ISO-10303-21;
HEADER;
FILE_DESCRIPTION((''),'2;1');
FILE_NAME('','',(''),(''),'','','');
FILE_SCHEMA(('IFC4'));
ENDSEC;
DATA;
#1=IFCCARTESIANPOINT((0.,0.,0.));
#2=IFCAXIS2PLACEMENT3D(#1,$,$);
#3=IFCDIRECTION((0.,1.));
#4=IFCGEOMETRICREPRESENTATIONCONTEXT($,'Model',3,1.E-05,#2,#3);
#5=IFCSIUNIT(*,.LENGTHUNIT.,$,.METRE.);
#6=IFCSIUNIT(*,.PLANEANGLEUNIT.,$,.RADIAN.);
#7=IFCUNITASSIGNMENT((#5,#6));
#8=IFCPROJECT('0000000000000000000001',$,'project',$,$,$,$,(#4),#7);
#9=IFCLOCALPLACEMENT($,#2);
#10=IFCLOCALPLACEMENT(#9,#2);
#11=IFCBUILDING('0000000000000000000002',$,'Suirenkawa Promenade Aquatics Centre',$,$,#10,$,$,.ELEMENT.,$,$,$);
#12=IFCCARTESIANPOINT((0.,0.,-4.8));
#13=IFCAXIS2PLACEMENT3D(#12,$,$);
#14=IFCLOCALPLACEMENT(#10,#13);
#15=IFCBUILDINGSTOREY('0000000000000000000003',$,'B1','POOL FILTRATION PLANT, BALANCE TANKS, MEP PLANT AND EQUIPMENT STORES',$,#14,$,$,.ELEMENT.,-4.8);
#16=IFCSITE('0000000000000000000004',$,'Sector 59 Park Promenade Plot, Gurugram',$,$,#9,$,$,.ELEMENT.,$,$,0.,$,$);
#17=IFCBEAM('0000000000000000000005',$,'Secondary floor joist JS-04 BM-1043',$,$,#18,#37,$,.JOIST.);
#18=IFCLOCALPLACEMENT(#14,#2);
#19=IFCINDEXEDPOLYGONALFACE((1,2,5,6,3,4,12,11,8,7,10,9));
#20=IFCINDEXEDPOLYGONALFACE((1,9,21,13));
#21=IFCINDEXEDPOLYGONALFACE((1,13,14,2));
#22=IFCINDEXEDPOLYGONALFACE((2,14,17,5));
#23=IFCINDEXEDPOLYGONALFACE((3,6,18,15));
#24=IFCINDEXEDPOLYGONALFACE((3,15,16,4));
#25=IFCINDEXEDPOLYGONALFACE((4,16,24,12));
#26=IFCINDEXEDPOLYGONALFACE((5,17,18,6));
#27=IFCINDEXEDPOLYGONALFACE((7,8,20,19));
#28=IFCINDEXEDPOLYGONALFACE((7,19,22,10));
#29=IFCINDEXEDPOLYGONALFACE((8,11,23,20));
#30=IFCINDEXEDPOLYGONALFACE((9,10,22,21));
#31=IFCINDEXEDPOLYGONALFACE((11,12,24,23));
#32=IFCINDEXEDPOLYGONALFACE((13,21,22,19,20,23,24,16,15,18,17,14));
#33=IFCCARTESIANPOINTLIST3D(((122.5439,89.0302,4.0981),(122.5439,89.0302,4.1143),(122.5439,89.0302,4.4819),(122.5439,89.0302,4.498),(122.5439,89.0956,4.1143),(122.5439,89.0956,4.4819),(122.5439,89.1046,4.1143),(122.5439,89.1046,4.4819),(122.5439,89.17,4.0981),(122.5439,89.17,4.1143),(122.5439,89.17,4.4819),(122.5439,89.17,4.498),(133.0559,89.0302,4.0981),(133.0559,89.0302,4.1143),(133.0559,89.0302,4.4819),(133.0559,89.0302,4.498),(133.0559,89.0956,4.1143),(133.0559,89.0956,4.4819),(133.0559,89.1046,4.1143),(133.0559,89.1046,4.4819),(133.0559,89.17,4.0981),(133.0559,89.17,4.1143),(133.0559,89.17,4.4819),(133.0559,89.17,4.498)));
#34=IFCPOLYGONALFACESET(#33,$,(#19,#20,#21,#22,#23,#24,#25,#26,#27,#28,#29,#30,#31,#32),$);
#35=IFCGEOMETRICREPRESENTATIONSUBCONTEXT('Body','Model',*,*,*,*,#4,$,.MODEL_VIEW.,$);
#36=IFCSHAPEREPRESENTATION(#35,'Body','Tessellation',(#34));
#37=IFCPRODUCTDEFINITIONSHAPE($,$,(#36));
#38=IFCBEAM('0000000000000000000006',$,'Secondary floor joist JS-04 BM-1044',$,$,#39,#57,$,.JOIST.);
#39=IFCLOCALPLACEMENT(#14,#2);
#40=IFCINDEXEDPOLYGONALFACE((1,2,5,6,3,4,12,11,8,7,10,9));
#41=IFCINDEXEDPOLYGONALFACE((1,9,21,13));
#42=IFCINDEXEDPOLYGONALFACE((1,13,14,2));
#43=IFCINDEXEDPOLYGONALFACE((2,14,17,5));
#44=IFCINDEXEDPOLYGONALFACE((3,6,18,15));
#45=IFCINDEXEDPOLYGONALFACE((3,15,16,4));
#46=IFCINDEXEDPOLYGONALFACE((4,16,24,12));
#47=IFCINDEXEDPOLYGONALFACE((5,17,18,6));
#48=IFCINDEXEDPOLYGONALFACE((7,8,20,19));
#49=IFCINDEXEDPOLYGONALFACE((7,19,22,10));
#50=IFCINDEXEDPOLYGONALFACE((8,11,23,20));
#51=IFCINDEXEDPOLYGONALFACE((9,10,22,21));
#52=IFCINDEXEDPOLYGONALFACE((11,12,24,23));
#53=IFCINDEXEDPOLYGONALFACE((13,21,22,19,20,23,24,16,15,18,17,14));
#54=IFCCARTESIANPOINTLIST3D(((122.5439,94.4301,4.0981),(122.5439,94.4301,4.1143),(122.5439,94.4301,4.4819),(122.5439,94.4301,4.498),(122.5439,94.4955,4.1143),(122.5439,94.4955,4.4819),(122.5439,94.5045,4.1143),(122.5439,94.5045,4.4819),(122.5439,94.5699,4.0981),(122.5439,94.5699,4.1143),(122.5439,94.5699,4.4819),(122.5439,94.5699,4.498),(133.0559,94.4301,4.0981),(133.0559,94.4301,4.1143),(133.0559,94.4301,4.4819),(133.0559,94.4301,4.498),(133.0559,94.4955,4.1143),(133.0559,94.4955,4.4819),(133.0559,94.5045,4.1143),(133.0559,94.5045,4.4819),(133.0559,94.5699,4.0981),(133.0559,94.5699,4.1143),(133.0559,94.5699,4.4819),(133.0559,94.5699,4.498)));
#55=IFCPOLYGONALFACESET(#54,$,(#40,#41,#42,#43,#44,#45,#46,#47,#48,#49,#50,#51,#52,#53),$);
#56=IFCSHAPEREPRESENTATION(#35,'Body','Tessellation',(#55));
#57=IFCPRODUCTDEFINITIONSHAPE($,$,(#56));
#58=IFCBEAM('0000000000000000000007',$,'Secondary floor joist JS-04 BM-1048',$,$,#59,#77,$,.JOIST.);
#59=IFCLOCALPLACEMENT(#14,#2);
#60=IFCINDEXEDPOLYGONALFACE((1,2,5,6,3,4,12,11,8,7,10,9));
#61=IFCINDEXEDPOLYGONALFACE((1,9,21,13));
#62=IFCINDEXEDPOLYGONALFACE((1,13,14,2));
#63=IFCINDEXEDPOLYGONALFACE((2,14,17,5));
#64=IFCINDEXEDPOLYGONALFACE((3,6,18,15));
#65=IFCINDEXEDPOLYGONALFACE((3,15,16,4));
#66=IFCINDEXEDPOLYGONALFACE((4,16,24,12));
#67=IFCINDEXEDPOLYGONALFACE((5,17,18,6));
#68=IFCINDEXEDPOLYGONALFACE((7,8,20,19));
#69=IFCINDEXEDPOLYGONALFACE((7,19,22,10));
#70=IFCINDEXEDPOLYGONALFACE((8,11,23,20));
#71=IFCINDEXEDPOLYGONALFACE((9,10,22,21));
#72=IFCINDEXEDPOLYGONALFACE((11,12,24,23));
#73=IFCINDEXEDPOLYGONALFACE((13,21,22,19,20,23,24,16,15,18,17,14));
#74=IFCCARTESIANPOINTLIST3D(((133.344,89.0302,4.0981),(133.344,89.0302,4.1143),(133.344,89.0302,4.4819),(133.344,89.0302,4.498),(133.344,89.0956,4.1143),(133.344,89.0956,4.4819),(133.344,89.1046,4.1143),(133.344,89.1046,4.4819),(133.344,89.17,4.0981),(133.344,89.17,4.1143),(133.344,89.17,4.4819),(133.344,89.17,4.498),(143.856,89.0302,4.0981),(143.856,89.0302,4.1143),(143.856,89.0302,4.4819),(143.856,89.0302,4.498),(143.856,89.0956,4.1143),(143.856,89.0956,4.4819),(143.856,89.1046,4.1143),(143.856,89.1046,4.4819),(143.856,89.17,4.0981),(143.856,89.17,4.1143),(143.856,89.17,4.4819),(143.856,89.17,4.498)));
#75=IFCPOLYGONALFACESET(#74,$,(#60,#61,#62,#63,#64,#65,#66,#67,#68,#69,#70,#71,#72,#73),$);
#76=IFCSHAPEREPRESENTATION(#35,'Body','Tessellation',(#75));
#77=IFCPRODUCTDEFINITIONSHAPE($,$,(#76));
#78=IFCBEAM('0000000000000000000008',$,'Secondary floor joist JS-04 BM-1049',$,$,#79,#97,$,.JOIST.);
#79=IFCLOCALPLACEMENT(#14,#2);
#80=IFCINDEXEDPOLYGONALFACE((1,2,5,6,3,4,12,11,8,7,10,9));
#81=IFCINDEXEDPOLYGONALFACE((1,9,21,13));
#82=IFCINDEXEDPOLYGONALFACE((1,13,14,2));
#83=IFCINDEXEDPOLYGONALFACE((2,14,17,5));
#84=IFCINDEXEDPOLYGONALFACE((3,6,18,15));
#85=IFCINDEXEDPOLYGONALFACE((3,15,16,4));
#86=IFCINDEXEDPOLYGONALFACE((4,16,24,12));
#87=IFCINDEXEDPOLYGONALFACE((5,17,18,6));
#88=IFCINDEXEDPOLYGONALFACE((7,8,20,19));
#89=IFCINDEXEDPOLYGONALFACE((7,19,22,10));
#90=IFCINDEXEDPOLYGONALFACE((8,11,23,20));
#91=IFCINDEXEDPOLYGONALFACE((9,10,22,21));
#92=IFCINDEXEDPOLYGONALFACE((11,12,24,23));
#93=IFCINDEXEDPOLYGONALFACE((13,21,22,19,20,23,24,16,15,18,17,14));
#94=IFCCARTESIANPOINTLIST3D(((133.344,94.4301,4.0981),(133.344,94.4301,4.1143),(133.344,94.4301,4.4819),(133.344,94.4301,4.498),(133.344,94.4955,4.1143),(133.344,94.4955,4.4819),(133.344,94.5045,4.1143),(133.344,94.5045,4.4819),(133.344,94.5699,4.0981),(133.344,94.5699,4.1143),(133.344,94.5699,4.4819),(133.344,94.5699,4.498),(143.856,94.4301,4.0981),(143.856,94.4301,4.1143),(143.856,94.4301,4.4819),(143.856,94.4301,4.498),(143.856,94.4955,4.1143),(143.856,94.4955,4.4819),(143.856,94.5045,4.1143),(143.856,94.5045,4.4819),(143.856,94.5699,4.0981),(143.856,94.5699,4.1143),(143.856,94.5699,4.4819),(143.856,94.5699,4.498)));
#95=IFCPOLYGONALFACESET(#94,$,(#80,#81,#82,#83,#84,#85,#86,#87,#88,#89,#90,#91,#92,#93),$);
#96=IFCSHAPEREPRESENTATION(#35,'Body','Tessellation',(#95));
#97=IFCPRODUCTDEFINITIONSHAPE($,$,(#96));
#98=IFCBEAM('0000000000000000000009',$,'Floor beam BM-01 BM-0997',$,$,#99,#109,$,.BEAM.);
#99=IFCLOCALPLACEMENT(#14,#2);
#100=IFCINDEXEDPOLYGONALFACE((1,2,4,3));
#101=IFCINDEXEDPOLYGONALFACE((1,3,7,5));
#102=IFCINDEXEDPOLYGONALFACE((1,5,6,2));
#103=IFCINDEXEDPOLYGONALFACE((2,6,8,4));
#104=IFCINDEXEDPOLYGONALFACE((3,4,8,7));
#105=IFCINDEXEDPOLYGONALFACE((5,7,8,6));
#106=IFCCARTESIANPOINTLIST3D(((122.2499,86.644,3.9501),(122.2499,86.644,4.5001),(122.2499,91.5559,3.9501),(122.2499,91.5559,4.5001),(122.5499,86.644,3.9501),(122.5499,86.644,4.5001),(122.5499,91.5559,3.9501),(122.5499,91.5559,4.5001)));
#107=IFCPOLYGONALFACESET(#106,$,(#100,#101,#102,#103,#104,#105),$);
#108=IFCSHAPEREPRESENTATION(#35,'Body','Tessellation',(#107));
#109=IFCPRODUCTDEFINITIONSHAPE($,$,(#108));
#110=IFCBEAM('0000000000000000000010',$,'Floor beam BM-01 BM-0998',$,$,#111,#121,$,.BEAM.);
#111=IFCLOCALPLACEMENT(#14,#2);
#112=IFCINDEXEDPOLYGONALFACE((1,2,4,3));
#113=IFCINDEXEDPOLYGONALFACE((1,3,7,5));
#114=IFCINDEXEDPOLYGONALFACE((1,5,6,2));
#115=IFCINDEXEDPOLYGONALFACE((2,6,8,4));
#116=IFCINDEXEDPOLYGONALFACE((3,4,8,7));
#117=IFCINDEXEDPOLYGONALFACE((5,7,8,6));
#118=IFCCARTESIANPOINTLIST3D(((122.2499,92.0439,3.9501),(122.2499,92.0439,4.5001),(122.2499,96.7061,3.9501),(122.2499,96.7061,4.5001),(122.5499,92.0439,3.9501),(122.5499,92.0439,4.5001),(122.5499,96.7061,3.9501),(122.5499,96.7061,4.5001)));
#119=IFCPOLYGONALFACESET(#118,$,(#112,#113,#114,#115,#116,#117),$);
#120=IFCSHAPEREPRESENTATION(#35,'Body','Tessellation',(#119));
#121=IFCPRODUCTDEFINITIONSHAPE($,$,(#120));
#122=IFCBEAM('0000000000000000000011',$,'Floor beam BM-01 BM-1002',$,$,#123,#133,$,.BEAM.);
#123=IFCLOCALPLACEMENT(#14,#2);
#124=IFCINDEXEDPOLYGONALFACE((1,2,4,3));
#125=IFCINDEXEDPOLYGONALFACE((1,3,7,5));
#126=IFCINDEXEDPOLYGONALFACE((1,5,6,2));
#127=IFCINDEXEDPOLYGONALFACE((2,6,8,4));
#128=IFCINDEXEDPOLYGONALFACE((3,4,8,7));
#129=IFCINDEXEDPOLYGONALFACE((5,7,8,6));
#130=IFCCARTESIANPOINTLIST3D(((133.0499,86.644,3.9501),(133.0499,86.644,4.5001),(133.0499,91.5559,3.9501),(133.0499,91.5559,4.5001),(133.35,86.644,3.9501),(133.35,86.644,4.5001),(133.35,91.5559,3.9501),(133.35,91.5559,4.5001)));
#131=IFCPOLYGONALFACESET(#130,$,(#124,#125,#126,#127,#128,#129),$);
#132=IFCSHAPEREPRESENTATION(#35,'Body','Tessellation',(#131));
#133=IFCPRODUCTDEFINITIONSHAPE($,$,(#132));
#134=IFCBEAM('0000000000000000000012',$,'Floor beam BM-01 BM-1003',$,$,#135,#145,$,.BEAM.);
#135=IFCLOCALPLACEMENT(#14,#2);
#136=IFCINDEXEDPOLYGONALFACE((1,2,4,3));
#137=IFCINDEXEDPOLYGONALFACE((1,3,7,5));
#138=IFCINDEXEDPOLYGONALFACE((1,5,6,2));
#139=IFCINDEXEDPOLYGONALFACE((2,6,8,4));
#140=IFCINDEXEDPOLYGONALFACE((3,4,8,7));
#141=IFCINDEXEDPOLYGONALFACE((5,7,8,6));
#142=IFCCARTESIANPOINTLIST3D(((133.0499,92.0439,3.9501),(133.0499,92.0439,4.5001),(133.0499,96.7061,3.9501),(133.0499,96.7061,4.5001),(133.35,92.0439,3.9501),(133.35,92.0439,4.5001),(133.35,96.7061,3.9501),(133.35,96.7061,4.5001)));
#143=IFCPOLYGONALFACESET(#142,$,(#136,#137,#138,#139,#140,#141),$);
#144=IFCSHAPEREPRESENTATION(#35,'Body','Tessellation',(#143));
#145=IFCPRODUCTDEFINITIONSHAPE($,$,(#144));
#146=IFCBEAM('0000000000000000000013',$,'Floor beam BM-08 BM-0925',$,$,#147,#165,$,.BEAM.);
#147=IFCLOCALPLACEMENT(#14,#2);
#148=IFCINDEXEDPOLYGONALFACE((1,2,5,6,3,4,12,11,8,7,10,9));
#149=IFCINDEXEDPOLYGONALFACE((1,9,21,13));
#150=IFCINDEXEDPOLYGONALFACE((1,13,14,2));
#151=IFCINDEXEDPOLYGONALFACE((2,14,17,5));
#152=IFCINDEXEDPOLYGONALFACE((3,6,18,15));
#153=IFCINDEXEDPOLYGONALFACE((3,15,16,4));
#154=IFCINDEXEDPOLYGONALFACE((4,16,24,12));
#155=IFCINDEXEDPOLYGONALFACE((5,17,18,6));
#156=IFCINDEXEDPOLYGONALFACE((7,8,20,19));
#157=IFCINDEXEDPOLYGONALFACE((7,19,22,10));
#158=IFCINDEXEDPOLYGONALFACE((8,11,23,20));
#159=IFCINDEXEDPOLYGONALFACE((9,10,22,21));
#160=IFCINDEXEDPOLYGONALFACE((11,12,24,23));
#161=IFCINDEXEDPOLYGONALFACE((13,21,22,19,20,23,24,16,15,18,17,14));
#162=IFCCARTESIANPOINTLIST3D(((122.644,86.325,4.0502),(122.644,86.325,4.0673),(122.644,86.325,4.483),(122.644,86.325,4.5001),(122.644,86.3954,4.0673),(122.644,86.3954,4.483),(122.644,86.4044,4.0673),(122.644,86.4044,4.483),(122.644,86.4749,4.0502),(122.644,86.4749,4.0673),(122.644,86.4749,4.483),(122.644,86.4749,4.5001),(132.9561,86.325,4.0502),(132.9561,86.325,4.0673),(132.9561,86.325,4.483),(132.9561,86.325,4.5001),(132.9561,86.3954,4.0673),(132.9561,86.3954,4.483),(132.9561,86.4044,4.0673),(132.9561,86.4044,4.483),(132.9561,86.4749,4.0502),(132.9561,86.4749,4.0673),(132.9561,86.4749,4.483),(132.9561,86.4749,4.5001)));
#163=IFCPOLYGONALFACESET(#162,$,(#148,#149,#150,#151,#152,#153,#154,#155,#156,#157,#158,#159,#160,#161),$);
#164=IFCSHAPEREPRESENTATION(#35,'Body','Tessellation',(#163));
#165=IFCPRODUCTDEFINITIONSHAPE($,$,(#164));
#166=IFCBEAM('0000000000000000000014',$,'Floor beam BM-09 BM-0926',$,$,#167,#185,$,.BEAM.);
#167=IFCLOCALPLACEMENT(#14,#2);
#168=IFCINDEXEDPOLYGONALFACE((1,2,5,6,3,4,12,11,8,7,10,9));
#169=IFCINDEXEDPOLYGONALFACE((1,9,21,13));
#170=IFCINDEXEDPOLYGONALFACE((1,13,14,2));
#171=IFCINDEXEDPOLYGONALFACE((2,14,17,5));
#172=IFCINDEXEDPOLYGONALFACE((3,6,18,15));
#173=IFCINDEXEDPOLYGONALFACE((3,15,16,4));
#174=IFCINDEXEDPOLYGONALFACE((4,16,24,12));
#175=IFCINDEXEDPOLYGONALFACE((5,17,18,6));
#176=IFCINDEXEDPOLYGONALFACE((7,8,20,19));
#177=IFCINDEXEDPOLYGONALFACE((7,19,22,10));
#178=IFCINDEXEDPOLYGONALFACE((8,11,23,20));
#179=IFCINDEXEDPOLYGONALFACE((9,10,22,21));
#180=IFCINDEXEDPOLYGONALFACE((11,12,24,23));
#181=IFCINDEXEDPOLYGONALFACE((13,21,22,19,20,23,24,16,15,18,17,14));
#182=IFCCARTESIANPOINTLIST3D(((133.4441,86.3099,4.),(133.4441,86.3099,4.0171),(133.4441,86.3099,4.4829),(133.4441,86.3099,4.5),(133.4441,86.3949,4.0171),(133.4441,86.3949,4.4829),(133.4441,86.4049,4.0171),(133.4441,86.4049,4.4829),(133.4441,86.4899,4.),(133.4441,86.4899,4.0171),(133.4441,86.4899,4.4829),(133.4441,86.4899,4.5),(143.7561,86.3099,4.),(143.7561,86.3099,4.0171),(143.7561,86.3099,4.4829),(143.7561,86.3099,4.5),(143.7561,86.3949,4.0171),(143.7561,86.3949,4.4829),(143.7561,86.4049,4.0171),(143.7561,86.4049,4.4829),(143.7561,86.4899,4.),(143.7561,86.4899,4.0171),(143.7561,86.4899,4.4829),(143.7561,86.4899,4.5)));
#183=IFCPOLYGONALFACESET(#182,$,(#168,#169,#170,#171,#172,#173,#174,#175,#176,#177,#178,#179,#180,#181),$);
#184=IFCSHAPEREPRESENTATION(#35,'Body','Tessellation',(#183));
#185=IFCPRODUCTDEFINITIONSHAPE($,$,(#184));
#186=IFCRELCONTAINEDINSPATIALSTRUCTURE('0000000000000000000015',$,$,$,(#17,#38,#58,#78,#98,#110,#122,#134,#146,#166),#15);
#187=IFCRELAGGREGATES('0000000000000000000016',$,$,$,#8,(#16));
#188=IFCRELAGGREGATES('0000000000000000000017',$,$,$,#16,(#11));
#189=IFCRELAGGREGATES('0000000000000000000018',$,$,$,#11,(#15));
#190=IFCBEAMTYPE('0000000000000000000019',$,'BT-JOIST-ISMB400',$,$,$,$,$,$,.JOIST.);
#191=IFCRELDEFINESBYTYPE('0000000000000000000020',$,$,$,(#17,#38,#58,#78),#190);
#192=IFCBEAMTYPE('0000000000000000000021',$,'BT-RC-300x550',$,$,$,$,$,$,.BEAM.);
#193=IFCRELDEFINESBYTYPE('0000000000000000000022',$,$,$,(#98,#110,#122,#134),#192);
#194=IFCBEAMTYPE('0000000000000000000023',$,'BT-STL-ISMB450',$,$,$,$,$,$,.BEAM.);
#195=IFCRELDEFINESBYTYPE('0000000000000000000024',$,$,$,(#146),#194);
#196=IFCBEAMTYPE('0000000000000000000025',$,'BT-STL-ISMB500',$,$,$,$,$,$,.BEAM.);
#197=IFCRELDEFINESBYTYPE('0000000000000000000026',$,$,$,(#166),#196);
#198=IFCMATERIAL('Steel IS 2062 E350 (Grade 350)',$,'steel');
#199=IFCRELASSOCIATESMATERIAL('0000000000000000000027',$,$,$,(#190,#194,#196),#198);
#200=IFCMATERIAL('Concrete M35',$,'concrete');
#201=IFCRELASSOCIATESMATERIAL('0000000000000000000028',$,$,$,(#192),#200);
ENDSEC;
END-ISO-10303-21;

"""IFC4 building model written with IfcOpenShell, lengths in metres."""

from ifc_helpers import new_model, si_unit, direction, frame, origin, origin_2d, place, context, subcontext, project, spatial, rectangle, i_section, extrude, material, material_profile, profile_set, type_object, element, save


model = new_model("IFC4")

# Units and contexts
model_context = context("Model", 3, precision=1e-05, world=origin(), true_north=direction((0.0, 1.0)))
body_context = subcontext(model_context, "Body", "Model", "MODEL_VIEW")
ifc_project = project(units=[si_unit("LENGTHUNIT", "METRE"), si_unit("PLANEANGLEUNIT", "RADIAN")], contexts=[model_context])

# Site, building, storey
site_placement = place(None, origin())
site = spatial("IfcSite", under=ifc_project, at=site_placement, Name="Sector 59 Park Promenade Plot, Gurugram", CompositionType="ELEMENT", RefElevation=0.0)
building_placement = place(site_placement, origin())
building = spatial("IfcBuilding", under=site, at=building_placement, Name="Suirenkawa Promenade Aquatics Centre", CompositionType="ELEMENT")
storey_placement = place(building_placement, frame((0.0, 0.0, -4.8)))
storey = spatial("IfcBuildingStorey", under=building, at=storey_placement, Name="B1", Description="POOL FILTRATION PLANT, BALANCE TANKS, MEP PLANT AND EQUIPMENT STORES", CompositionType="ELEMENT", Elevation=-4.8)

# Shared definitions
ifc_material_1 = material(Name="Concrete M35", Category="concrete")

# Beams
ifc_material_2 = material(Name="Steel IS 2062 E350 (Grade 350)", Category="steel")
ifc_material_profile_1 = material_profile(ifc_material_2, i_section(OverallWidth=0.1399, OverallDepth=0.3999, WebThickness=0.009, FlangeThickness=0.0161, at=origin_2d()), Name="ISMB 400", Category="steel")
ifc_profile_set_1 = profile_set([ifc_material_profile_1], Name="Steel IS 2062 E350 (Grade 350)")
beam_type_1 = type_object("IfcBeamType", Name="BT-JOIST-ISMB400", PredefinedType="JOIST", material=ifc_profile_set_1)
for number, where, z_axis, x_axis, name in (
    (1, (122.5439, 89.1001, 4.2981), (1.0, 0.0, 0.0), (0.0, 1.0, 0.0), "Secondary floor joist JS-04 BM-1043"),
    (2, (122.5439, 94.5, 4.2981), (1.0, 0.0, 0.0), (0.0, 1.0, 0.0), "Secondary floor joist JS-04 BM-1044"),
    (3, (133.344, 89.1001, 4.2981), (1.0, 0.0, 0.0), (0.0, 1.0, 0.0), "Secondary floor joist JS-04 BM-1048"),
    (4, (133.344, 94.5, 4.2981), (1.0, 0.0, 0.0), (0.0, 1.0, 0.0), "Secondary floor joist JS-04 BM-1049"),
):
    element("IfcBeam", number, at=place(storey_placement, frame(where, z_axis=z_axis, x_axis=x_axis)), inside=storey, type_object=beam_type_1, Name=name, PredefinedType="JOIST", context=body_context, shape_type="SweptSolid", body=[
        extrude(i_section(OverallWidth=0.1399, OverallDepth=0.3999, WebThickness=0.009, FlangeThickness=0.0161, at=origin_2d()), origin(), (0.0, 0.0, 1.0), 10.512),
    ])
ifc_material_profile_2 = material_profile(ifc_material_1, rectangle(XDim=0.3, YDim=0.55, at=origin_2d()), Name="RC BM 300x550", Category="concrete")
ifc_profile_set_2 = profile_set([ifc_material_profile_2], Name="Concrete M35")
beam_type_2 = type_object("IfcBeamType", Name="BT-RC-300x550", PredefinedType="BEAM", material=ifc_profile_set_2)
beam_1_placement = place(storey_placement, frame((122.3999, 86.644, 4.2251), z_axis=(0.0, 1.0, 0.0), x_axis=(-1.0, 0.0, 0.0)))
element("IfcBeam", 5, at=beam_1_placement, inside=storey, type_object=beam_type_2, Name="Floor beam BM-01 BM-0997", PredefinedType="BEAM", context=body_context, shape_type="SweptSolid", body=[
    extrude(rectangle(XDim=0.3, YDim=0.55, at=origin_2d()), origin(), (0.0, 0.0, 1.0), 4.9119),
])
beam_2_placement = place(storey_placement, frame((122.3999, 92.0439, 4.2251), z_axis=(0.0, 1.0, 0.0), x_axis=(-1.0, 0.0, 0.0)))
element("IfcBeam", 6, at=beam_2_placement, inside=storey, type_object=beam_type_2, Name="Floor beam BM-01 BM-0998", PredefinedType="BEAM", context=body_context, shape_type="SweptSolid", body=[
    extrude(rectangle(XDim=0.3, YDim=0.55, at=origin_2d()), origin(), (0.0, 0.0, 1.0), 4.6621),
])
beam_3_placement = place(storey_placement, frame((133.2, 86.644, 4.2251), z_axis=(0.0, 1.0, 0.0), x_axis=(-1.0, 0.0, 0.0)))
element("IfcBeam", 7, at=beam_3_placement, inside=storey, type_object=beam_type_2, Name="Floor beam BM-01 BM-1002", PredefinedType="BEAM", context=body_context, shape_type="SweptSolid", body=[
    extrude(rectangle(XDim=0.3, YDim=0.55, at=origin_2d()), origin(), (0.0, 0.0, 1.0), 4.9119),
])
beam_4_placement = place(storey_placement, frame((133.2, 92.0439, 4.2251), z_axis=(0.0, 1.0, 0.0), x_axis=(-1.0, 0.0, 0.0)))
element("IfcBeam", 8, at=beam_4_placement, inside=storey, type_object=beam_type_2, Name="Floor beam BM-01 BM-1003", PredefinedType="BEAM", context=body_context, shape_type="SweptSolid", body=[
    extrude(rectangle(XDim=0.3, YDim=0.55, at=origin_2d()), origin(), (0.0, 0.0, 1.0), 4.6621),
])
ifc_material_profile_3 = material_profile(ifc_material_2, i_section(OverallWidth=0.1499, OverallDepth=0.45, WebThickness=0.009, FlangeThickness=0.0171, at=origin_2d()), Name="ISMB 450", Category="steel")
ifc_profile_set_3 = profile_set([ifc_material_profile_3], Name="Steel IS 2062 E350 (Grade 350)")
beam_type_3 = type_object("IfcBeamType", Name="BT-STL-ISMB450", PredefinedType="BEAM", material=ifc_profile_set_3)
beam_5_placement = place(storey_placement, frame((122.644, 86.3999, 4.2751), z_axis=(1.0, 0.0, 0.0), x_axis=(0.0, 1.0, 0.0)))
element("IfcBeam", 9, at=beam_5_placement, inside=storey, type_object=beam_type_3, Name="Floor beam BM-08 BM-0925", PredefinedType="BEAM", context=body_context, shape_type="SweptSolid", body=[
    extrude(i_section(OverallWidth=0.1499, OverallDepth=0.45, WebThickness=0.009, FlangeThickness=0.0171, at=origin_2d()), origin(), (0.0, 0.0, 1.0), 10.312),
])
ifc_material_profile_4 = material_profile(ifc_material_2, i_section(OverallWidth=0.1799, OverallDepth=0.5, WebThickness=0.01, FlangeThickness=0.0171, at=origin_2d()), Name="ISMB 500", Category="steel")
ifc_profile_set_4 = profile_set([ifc_material_profile_4], Name="Steel IS 2062 E350 (Grade 350)")
beam_type_4 = type_object("IfcBeamType", Name="BT-STL-ISMB500", PredefinedType="BEAM", material=ifc_profile_set_4)
beam_6_placement = place(storey_placement, frame((133.4441, 86.3999, 4.25), z_axis=(1.0, 0.0, 0.0), x_axis=(0.0, 1.0, 0.0)))
element("IfcBeam", 10, at=beam_6_placement, inside=storey, type_object=beam_type_4, Name="Floor beam BM-09 BM-0926", PredefinedType="BEAM", context=body_context, shape_type="SweptSolid", body=[
    extrude(i_section(OverallWidth=0.1799, OverallDepth=0.5, WebThickness=0.01, FlangeThickness=0.0171, at=origin_2d()), origin(), (0.0, 0.0, 1.0), 10.312),
])

save(model, "model.ifc")
